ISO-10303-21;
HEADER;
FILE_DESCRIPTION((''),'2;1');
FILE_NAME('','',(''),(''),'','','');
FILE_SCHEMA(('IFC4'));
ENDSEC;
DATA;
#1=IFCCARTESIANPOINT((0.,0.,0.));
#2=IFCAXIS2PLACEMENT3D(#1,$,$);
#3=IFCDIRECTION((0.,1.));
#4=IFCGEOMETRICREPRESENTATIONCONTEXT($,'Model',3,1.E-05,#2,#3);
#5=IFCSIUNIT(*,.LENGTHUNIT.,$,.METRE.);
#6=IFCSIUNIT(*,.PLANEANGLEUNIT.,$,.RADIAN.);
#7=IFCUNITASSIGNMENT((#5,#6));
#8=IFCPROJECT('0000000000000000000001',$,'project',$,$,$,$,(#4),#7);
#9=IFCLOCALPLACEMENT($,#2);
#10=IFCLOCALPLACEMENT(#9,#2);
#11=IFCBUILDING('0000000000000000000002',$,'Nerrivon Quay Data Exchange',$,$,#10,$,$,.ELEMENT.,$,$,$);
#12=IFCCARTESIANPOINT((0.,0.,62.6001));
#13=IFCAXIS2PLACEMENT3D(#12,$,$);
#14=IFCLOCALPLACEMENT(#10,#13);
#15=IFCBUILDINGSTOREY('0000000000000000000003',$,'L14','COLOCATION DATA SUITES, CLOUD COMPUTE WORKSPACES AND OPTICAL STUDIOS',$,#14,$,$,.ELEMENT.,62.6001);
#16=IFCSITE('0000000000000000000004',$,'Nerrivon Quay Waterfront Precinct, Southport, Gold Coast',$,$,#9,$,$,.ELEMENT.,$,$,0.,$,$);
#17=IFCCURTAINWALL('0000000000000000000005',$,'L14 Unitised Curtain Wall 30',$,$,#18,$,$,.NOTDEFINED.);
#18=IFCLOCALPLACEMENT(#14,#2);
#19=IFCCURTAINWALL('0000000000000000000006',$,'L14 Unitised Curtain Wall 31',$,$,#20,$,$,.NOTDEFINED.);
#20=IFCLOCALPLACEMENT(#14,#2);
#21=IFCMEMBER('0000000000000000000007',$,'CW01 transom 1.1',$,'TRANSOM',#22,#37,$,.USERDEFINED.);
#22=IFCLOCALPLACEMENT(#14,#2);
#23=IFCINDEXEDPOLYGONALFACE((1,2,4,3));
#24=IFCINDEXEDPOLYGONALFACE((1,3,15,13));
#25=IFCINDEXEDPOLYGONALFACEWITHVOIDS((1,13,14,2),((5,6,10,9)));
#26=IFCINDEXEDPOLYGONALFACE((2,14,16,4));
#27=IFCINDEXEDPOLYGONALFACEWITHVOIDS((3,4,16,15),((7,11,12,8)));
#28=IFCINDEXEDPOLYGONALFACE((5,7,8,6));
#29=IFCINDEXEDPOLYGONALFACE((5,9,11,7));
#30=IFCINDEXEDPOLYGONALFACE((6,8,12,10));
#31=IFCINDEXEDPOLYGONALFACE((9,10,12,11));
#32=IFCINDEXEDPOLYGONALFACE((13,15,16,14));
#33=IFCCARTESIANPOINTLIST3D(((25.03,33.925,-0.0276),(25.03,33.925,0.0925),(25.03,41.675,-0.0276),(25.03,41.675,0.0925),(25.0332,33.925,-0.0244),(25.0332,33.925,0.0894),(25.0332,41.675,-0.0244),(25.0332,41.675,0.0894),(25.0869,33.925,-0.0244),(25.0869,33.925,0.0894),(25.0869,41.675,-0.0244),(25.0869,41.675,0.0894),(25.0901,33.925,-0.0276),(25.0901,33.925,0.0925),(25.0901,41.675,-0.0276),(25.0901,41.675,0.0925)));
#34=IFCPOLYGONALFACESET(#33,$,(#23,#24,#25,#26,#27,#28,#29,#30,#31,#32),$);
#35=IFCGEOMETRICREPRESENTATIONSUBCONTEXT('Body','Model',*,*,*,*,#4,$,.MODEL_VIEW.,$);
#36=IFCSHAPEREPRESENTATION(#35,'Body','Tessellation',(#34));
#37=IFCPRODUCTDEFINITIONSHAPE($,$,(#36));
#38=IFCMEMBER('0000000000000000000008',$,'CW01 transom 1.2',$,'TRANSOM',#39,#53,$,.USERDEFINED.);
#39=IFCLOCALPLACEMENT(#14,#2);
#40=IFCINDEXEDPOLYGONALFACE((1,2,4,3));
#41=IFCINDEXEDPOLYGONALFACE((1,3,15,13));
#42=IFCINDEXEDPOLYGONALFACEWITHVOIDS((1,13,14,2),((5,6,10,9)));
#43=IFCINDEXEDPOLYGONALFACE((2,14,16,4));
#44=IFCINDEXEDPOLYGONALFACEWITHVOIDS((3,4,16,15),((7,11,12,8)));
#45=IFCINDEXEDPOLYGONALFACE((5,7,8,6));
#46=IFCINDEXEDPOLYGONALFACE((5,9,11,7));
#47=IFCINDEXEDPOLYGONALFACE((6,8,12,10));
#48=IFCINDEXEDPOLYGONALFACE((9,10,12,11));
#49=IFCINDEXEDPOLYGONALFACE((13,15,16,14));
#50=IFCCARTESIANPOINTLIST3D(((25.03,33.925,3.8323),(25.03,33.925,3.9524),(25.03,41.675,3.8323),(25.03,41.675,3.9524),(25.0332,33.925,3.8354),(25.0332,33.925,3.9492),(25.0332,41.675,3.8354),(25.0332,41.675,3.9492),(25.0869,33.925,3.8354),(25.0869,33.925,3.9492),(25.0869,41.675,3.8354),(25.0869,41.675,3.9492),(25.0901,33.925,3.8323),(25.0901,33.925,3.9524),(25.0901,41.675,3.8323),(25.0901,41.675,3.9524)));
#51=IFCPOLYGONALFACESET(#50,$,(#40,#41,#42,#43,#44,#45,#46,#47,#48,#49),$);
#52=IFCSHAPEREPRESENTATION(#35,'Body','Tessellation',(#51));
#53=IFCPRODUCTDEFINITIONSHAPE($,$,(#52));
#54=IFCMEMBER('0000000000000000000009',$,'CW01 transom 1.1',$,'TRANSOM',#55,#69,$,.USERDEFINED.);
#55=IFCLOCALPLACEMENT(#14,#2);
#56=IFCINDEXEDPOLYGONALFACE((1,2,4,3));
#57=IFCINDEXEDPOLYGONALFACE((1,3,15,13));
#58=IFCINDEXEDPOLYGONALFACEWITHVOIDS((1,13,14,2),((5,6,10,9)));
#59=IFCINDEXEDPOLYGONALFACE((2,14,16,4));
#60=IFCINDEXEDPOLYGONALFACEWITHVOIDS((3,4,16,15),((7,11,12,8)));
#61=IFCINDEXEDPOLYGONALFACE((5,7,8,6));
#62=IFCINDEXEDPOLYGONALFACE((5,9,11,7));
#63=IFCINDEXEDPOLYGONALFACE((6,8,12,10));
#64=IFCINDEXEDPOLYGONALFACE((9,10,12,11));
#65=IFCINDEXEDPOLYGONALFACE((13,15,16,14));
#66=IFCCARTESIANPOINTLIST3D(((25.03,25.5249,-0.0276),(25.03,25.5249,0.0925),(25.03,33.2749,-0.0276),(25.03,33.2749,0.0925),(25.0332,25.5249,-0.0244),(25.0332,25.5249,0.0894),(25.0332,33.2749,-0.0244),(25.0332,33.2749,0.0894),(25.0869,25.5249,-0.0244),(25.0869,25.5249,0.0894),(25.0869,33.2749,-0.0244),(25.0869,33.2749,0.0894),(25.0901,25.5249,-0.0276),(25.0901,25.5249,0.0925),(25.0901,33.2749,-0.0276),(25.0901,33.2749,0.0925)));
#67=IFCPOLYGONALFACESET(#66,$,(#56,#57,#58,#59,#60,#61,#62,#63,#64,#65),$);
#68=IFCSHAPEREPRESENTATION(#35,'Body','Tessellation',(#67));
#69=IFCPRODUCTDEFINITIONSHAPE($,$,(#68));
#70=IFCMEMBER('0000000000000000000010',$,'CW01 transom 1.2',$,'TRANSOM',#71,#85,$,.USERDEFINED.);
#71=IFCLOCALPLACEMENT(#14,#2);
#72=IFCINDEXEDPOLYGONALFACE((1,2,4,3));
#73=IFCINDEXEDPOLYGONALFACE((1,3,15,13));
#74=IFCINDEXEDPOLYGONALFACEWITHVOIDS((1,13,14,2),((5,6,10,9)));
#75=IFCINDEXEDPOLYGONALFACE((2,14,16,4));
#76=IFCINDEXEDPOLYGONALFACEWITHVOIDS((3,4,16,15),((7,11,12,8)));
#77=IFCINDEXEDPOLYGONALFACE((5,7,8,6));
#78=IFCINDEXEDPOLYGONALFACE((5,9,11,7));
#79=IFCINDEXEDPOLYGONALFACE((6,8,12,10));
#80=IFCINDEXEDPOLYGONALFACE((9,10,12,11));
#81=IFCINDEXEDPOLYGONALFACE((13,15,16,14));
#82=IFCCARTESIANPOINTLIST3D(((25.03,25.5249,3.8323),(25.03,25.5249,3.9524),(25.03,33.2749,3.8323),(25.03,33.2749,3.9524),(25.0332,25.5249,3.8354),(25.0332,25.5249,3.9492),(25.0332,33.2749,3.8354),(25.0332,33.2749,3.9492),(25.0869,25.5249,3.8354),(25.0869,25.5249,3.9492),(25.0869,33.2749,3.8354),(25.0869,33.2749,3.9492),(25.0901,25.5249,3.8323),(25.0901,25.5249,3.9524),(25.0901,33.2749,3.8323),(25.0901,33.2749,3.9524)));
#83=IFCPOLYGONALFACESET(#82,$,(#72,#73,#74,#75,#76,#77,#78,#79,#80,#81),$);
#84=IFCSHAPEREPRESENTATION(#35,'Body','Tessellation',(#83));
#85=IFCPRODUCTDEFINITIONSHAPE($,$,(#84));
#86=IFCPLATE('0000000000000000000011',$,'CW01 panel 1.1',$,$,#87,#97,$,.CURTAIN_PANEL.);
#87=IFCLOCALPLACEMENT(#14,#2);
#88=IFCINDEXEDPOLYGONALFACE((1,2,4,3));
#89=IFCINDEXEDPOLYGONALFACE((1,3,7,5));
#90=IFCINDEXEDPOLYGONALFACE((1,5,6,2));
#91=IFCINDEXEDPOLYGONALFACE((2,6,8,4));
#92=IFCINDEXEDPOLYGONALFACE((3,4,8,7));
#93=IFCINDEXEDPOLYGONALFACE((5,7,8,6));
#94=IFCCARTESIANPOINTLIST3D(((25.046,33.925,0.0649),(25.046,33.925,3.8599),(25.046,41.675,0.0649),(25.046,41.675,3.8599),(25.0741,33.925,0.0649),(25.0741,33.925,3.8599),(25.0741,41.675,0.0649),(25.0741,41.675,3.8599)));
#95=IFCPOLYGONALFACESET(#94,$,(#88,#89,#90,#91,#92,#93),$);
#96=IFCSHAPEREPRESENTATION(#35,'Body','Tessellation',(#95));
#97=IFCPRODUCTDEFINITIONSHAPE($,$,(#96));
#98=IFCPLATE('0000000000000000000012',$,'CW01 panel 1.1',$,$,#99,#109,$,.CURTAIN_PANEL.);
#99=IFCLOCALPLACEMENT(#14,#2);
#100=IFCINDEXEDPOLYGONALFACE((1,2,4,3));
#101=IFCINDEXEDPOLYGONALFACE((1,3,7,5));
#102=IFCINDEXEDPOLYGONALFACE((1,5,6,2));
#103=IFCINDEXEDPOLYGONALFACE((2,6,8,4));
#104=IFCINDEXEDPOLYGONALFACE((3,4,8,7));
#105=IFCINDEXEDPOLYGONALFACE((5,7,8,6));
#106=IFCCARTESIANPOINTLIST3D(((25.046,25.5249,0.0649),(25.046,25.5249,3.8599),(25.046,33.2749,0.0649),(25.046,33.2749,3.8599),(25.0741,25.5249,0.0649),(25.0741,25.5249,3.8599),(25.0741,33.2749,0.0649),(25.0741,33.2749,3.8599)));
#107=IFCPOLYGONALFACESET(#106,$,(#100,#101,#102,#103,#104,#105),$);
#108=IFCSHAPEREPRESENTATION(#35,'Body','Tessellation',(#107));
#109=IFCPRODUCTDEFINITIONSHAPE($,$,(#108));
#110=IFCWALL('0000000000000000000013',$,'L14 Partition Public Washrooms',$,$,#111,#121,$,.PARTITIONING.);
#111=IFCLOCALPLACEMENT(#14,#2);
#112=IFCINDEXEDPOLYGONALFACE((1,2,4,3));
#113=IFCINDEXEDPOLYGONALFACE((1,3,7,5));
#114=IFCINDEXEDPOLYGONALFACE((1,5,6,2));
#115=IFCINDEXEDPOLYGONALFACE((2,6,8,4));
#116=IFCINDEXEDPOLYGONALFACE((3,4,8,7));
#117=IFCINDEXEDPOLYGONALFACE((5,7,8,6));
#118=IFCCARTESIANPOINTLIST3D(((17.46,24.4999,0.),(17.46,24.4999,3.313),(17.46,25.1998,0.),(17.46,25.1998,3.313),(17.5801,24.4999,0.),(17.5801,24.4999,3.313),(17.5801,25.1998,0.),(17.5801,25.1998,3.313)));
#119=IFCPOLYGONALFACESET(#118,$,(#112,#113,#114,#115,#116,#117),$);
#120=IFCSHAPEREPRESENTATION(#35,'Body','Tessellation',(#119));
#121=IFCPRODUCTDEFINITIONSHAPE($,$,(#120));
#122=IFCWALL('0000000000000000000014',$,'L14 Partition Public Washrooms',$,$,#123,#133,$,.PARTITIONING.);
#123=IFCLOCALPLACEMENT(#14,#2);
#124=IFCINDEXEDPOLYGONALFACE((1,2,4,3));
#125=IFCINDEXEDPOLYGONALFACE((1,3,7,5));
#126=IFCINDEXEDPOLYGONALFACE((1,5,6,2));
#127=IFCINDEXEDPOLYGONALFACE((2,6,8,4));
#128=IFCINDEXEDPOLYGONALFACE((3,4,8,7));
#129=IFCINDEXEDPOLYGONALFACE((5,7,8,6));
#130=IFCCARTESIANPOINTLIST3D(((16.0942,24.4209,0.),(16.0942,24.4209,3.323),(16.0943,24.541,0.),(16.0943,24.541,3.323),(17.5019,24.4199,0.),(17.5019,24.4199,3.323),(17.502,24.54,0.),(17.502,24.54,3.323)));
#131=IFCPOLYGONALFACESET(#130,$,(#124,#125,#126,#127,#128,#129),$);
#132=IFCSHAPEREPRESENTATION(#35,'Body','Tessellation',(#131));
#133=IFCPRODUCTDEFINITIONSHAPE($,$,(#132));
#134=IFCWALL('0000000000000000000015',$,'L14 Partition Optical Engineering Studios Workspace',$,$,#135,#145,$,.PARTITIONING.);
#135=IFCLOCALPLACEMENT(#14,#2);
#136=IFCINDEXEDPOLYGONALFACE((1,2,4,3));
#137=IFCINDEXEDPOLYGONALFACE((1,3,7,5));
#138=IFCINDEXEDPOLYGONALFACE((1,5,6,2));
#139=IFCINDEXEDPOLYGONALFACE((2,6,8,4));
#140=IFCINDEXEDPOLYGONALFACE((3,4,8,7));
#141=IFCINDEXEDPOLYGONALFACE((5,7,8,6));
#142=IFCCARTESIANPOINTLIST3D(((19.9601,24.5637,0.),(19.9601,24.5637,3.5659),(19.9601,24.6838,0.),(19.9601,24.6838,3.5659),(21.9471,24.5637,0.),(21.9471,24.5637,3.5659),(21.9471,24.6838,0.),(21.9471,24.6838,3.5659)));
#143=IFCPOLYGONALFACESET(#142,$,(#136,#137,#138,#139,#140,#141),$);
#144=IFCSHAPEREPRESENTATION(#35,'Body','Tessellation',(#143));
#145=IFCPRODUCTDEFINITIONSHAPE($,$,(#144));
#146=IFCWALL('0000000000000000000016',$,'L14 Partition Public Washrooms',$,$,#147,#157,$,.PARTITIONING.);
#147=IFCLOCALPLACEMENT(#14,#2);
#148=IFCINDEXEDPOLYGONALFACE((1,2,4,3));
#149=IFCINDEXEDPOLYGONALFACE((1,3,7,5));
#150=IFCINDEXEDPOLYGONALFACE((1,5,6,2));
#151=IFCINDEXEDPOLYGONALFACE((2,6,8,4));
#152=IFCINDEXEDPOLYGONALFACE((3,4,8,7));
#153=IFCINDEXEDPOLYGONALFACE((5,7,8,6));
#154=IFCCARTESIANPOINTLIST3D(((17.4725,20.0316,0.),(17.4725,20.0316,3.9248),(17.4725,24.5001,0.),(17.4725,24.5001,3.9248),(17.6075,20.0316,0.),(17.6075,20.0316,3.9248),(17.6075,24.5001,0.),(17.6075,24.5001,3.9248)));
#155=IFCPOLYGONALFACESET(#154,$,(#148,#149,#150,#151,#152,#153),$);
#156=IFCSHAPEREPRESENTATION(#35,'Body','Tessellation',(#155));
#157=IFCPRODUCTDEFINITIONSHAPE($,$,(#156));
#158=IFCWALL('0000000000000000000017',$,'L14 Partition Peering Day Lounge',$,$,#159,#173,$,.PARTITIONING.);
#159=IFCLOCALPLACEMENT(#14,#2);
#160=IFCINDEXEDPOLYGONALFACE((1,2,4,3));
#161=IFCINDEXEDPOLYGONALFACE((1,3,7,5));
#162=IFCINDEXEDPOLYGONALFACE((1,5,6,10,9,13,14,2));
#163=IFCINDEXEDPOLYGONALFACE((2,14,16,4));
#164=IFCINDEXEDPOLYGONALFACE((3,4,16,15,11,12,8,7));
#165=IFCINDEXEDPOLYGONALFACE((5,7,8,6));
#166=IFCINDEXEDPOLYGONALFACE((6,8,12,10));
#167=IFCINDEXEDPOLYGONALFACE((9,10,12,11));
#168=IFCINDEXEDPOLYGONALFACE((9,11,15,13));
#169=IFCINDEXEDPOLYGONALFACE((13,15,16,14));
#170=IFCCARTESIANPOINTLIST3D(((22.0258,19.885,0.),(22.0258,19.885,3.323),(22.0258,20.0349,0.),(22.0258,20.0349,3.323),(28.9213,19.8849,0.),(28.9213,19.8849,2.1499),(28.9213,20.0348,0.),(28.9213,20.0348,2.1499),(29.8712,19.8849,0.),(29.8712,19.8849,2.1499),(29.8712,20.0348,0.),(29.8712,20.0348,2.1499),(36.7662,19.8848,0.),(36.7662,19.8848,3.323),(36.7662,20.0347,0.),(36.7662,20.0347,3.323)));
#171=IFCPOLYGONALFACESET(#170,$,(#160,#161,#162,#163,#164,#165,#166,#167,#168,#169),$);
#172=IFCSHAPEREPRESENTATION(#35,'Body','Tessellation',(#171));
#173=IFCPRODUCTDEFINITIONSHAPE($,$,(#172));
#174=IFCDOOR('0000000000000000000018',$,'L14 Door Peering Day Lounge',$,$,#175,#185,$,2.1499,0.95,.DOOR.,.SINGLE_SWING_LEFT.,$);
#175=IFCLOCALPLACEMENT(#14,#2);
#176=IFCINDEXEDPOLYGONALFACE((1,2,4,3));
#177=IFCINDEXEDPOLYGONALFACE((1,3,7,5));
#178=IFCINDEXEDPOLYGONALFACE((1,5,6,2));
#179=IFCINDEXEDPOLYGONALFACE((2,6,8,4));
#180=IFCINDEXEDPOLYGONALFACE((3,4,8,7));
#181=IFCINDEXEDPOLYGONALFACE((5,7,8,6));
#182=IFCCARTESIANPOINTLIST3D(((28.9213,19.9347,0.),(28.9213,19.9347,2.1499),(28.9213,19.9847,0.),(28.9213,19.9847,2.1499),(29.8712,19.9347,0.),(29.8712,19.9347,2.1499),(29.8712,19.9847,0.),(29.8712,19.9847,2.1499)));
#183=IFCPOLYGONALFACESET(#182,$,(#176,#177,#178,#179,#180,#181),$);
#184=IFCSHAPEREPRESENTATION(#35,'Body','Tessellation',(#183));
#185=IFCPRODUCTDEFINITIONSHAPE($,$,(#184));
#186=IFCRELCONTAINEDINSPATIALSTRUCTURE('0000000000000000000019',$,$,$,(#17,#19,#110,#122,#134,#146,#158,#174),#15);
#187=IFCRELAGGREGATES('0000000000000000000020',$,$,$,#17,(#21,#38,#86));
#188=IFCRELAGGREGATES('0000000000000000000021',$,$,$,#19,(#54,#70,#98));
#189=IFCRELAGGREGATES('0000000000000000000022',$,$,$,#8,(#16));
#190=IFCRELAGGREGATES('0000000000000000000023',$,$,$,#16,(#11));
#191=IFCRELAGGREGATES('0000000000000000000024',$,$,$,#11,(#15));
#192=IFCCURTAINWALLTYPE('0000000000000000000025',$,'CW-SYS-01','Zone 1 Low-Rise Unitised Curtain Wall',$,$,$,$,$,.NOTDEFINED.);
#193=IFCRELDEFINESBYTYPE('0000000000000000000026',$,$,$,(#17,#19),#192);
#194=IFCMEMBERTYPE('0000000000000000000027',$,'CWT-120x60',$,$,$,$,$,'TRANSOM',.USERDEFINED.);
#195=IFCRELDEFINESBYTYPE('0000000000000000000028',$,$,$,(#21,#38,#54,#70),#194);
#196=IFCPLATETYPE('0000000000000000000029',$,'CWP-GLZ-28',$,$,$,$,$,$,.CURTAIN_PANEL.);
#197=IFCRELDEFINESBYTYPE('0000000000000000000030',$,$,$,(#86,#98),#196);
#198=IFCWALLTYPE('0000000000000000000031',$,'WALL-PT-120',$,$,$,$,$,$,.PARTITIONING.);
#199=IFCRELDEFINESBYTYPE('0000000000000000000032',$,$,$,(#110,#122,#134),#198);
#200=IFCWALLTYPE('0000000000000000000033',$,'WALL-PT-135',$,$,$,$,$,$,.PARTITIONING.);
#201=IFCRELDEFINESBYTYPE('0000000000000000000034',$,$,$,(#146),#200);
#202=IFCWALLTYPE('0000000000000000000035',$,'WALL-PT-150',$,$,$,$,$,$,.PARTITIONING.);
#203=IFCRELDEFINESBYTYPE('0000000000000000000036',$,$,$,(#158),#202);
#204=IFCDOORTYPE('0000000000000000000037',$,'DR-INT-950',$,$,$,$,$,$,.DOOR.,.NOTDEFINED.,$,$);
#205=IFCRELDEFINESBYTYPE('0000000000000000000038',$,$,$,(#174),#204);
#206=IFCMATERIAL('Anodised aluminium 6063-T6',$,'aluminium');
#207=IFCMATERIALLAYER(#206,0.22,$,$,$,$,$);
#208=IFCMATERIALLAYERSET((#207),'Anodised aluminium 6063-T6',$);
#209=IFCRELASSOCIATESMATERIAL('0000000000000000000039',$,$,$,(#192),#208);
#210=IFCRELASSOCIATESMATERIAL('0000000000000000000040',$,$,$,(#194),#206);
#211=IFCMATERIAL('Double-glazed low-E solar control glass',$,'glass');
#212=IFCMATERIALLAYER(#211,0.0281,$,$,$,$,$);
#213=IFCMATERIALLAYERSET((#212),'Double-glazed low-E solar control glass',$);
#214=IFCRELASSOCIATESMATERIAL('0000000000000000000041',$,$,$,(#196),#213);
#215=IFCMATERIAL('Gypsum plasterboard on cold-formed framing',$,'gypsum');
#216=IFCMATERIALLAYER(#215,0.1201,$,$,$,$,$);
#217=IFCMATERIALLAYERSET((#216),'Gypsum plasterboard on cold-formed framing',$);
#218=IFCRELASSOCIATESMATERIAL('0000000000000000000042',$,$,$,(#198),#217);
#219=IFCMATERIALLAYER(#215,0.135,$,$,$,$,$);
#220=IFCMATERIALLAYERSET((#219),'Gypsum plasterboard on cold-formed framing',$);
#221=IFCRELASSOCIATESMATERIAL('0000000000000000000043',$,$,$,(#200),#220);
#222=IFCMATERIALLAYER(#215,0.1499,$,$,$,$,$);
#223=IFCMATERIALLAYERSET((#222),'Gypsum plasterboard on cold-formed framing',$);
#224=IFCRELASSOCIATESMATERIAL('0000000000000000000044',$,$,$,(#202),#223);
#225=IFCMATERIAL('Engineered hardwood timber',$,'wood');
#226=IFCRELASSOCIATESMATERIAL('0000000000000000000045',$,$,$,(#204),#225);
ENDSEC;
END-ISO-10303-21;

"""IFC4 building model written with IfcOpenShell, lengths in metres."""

from ifc_helpers import new_model, si_unit, direction, frame, frame_2d, origin, origin_2d, place, context, subcontext, project, spatial, rectangle, hollow_rectangle, extrude, material, layer, layer_set, material_profile, profile_set, type_object, element, fill, aggregate, save


model = new_model("IFC4")

# Units and contexts
model_context = context("Model", 3, precision=1e-05, world=origin(), true_north=direction((0.0, 1.0)))
body_context = subcontext(model_context, "Body", "Model", "MODEL_VIEW")
ifc_project = project(units=[si_unit("LENGTHUNIT", "METRE"), si_unit("PLANEANGLEUNIT", "RADIAN")], contexts=[model_context])

# Site, building, storey
site_placement = place(None, origin())
site = spatial("IfcSite", under=ifc_project, at=site_placement, Name="Nerrivon Quay Waterfront Precinct, Southport, Gold Coast", CompositionType="ELEMENT", RefElevation=0.0)
building_placement = place(site_placement, origin())
building = spatial("IfcBuilding", under=site, at=building_placement, Name="Nerrivon Quay Data Exchange", CompositionType="ELEMENT")
storey_placement = place(building_placement, frame((0.0, 0.0, 62.6001)))
storey = spatial("IfcBuildingStorey", under=building, at=storey_placement, Name="L14", Description="COLOCATION DATA SUITES, CLOUD COMPUTE WORKSPACES AND OPTICAL STUDIOS", CompositionType="ELEMENT", Elevation=62.6001)

# Curtain walls
ifc_material_1 = material(Name="Anodised aluminium 6063-T6", Category="aluminium")
ifc_layer_1 = layer(ifc_material_1, 0.22)
ifc_layer_set_1 = layer_set([ifc_layer_1], Name="Anodised aluminium 6063-T6")
curtain_wall_type = type_object("IfcCurtainWallType", Name="CW-SYS-01", Description="Zone 1 Low-Rise Unitised Curtain Wall", PredefinedType="NOTDEFINED", material=ifc_layer_set_1)
curtain_wall_1_placement = place(storey_placement, origin())
curtain_wall_1 = element("IfcCurtainWall", 1, at=curtain_wall_1_placement, inside=storey, type_object=curtain_wall_type, Name="L14 Unitised Curtain Wall 30", PredefinedType="NOTDEFINED")
curtain_wall_2_placement = place(storey_placement, origin())
curtain_wall_2 = element("IfcCurtainWall", 2, at=curtain_wall_2_placement, inside=storey, type_object=curtain_wall_type, Name="L14 Unitised Curtain Wall 31", PredefinedType="NOTDEFINED")

# Members
ifc_material_profile_1 = material_profile(ifc_material_1, hollow_rectangle(XDim=0.0601, YDim=0.1201, WallThickness=0.0032, at=origin_2d()), Name="ALU-TRAN-120x60")
ifc_profile_set_1 = profile_set([ifc_material_profile_1], Name="Anodised aluminium 6063-T6")
member_type_1 = type_object("IfcMemberType", Name="CWT-120x60", ElementType="TRANSOM", PredefinedType="USERDEFINED", material=ifc_profile_set_1)
member_1_placement = place(storey_placement, frame((25.0601, 41.675, 0.0325), z_axis=(0.0, -1.0, 0.0), x_axis=(1.0, 0.0, 0.0)))
member_1 = element("IfcMember", 3, at=member_1_placement, type_object=member_type_1, Name="CW01 transom 1.1", ObjectType="TRANSOM", PredefinedType="USERDEFINED", context=body_context, shape_type="SweptSolid", body=[
    extrude(hollow_rectangle(XDim=0.0601, YDim=0.1201, WallThickness=0.0032, at=origin_2d()), origin(), (0.0, 0.0, 1.0), 7.75),
])
member_2_placement = place(storey_placement, frame((25.0601, 41.675, 3.8923), z_axis=(0.0, -1.0, 0.0), x_axis=(1.0, 0.0, 0.0)))
member_2 = element("IfcMember", 4, at=member_2_placement, type_object=member_type_1, Name="CW01 transom 1.2", ObjectType="TRANSOM", PredefinedType="USERDEFINED", context=body_context, shape_type="SweptSolid", body=[
    extrude(hollow_rectangle(XDim=0.0601, YDim=0.1201, WallThickness=0.0032, at=origin_2d()), origin(), (0.0, 0.0, 1.0), 7.75),
])
member_3_placement = place(storey_placement, frame((25.0601, 33.2749, 0.0325), z_axis=(0.0, -1.0, 0.0), x_axis=(1.0, 0.0, 0.0)))
member_3 = element("IfcMember", 5, at=member_3_placement, type_object=member_type_1, Name="CW01 transom 1.1", ObjectType="TRANSOM", PredefinedType="USERDEFINED", context=body_context, shape_type="SweptSolid", body=[
    extrude(hollow_rectangle(XDim=0.0601, YDim=0.1201, WallThickness=0.0032, at=origin_2d()), origin(), (0.0, 0.0, 1.0), 7.75),
])
member_4_placement = place(storey_placement, frame((25.0601, 33.2749, 3.8923), z_axis=(0.0, -1.0, 0.0), x_axis=(1.0, 0.0, 0.0)))
member_4 = element("IfcMember", 6, at=member_4_placement, type_object=member_type_1, Name="CW01 transom 1.2", ObjectType="TRANSOM", PredefinedType="USERDEFINED", context=body_context, shape_type="SweptSolid", body=[
    extrude(hollow_rectangle(XDim=0.0601, YDim=0.1201, WallThickness=0.0032, at=origin_2d()), origin(), (0.0, 0.0, 1.0), 7.75),
])

# Plates
ifc_material_2 = material(Name="Double-glazed low-E solar control glass", Category="glass")
ifc_layer_2 = layer(ifc_material_2, 0.0281)
ifc_layer_set_2 = layer_set([ifc_layer_2], Name="Double-glazed low-E solar control glass")
plate_type = type_object("IfcPlateType", Name="CWP-GLZ-28", PredefinedType="CURTAIN_PANEL", material=ifc_layer_set_2)
plate_1_placement = place(storey_placement, frame((25.0601, 37.8, 0.0649), z_axis=(0.0, 0.0, 1.0), x_axis=(0.0, -1.0, 0.0)))
plate_1 = element("IfcPlate", 7, at=plate_1_placement, type_object=plate_type, Name="CW01 panel 1.1", PredefinedType="CURTAIN_PANEL", context=body_context, shape_type="SweptSolid", body=[
    extrude(rectangle(XDim=7.75, YDim=0.0281, at=origin_2d()), origin(), (0.0, 0.0, 1.0), 3.7949),
])
aggregate(curtain_wall_1, [member_1, member_2, plate_1])
plate_2_placement = place(storey_placement, frame((25.0601, 29.3999, 0.0649), z_axis=(0.0, 0.0, 1.0), x_axis=(0.0, -1.0, 0.0)))
plate_2 = element("IfcPlate", 8, at=plate_2_placement, type_object=plate_type, Name="CW01 panel 1.1", PredefinedType="CURTAIN_PANEL", context=body_context, shape_type="SweptSolid", body=[
    extrude(rectangle(XDim=7.75, YDim=0.0281, at=origin_2d()), origin(), (0.0, 0.0, 1.0), 3.7949),
])
aggregate(curtain_wall_2, [member_3, member_4, plate_2])

# Walls
ifc_material_3 = material(Name="Gypsum plasterboard on cold-formed framing", Category="gypsum")
ifc_layer_3 = layer(ifc_material_3, 0.1201)
ifc_layer_set_3 = layer_set([ifc_layer_3], Name="Gypsum plasterboard on cold-formed framing")
wall_type_1 = type_object("IfcWallType", Name="WALL-PT-120", PredefinedType="PARTITIONING", material=ifc_layer_set_3)
wall_1_placement = place(storey_placement, frame((17.52, 25.2, 0.0), z_axis=(0.0, 0.0, 1.0), x_axis=(0.0, -1.0, 0.0)))
element("IfcWall", 9, at=wall_1_placement, inside=storey, type_object=wall_type_1, Name="L14 Partition Public Washrooms", PredefinedType="PARTITIONING", context=body_context, shape_type="SweptSolid", body=[
    extrude(rectangle(XDim=0.7, YDim=0.1201, at=frame_2d((0.3501, 0.0))), origin(), (0.0, 0.0, 1.0), 3.313),
])
wall_2_placement = place(storey_placement, frame((17.502, 24.48, 0.0), z_axis=(0.0, 0.0, 1.0), x_axis=(-1.0, 0.000694, 0.0)))
element("IfcWall", 10, at=wall_2_placement, inside=storey, type_object=wall_type_1, Name="L14 Partition Public Washrooms", PredefinedType="PARTITIONING", context=body_context, shape_type="SweptSolid", body=[
    extrude(rectangle(XDim=1.4077, YDim=0.1201, at=frame_2d((0.7039, 0.0))), origin(), (0.0, 0.0, 1.0), 3.323),
])
wall_3_placement = place(storey_placement, frame((19.96, 24.6238, 0.0), z_axis=(0.0, 0.0, 1.0), x_axis=(1.0, 0.0, 0.0)))
element("IfcWall", 11, at=wall_3_placement, inside=storey, type_object=wall_type_1, Name="L14 Partition Optical Engineering Studios Workspace", PredefinedType="PARTITIONING", context=body_context, shape_type="SweptSolid", body=[
    extrude(rectangle(XDim=1.9871, YDim=0.1201, at=frame_2d((0.9937, 0.0))), origin(), (0.0, 0.0, 1.0), 3.5659),
])
ifc_layer_4 = layer(ifc_material_3, 0.135)
ifc_layer_set_4 = layer_set([ifc_layer_4], Name="Gypsum plasterboard on cold-formed framing")
wall_type_2 = type_object("IfcWallType", Name="WALL-PT-135", PredefinedType="PARTITIONING", material=ifc_layer_set_4)
wall_4_placement = place(storey_placement, frame((17.54, 20.0315, 0.0), z_axis=(0.0, 0.0, 1.0), x_axis=(0.0, 1.0, 0.0)))
element("IfcWall", 12, at=wall_4_placement, inside=storey, type_object=wall_type_2, Name="L14 Partition Public Washrooms", PredefinedType="PARTITIONING", context=body_context, shape_type="SweptSolid", body=[
    extrude(rectangle(XDim=4.4685, YDim=0.135, at=frame_2d((2.2344, 0.0))), origin(), (0.0, 0.0, 1.0), 3.9248),
])

# Wall, opening, door
ifc_layer_5 = layer(ifc_material_3, 0.1499)
ifc_layer_set_5 = layer_set([ifc_layer_5], Name="Gypsum plasterboard on cold-formed framing")
wall_type_3 = type_object("IfcWallType", Name="WALL-PT-150", PredefinedType="PARTITIONING", material=ifc_layer_set_5)
wall_5_placement = place(storey_placement, frame((22.0259, 19.96, 0.0), z_axis=(0.0, 0.0, 1.0), x_axis=(1.0, -0.000017, 0.0)))
wall_5 = element("IfcWall", 13, at=wall_5_placement, inside=storey, type_object=wall_type_3, Name="L14 Partition Peering Day Lounge", PredefinedType="PARTITIONING", context=body_context, shape_type="SweptSolid", body=[
    extrude(rectangle(XDim=14.7405, YDim=0.1499, at=frame_2d((7.3701, 0.0))), origin(), (0.0, 0.0, 1.0), 3.323),
])
opening_placement = place(wall_5_placement, frame((6.8953, 0.0, 0.0)))
opening = element("IfcOpeningElement", 14, at=opening_placement, cuts=wall_5, PredefinedType="OPENING", context=body_context, shape_type="SweptSolid", body=[
    extrude(rectangle(XDim=0.95, YDim=2.1499, at=frame_2d((0.4751, 1.075))), frame((0.0, 0.085, 0.0), z_axis=(0.0, -1.0, 0.0), x_axis=(1.0, 0.0, 0.0)), (0.0, 0.0, 1.0), 0.1699),
])
ifc_material_4 = material(Name="Engineered hardwood timber", Category="wood")
door_type = type_object("IfcDoorType", Name="DR-INT-950", OperationType="NOTDEFINED", PredefinedType="DOOR", material=ifc_material_4)
door_placement = place(opening_placement, origin())
door = element("IfcDoor", 15, at=door_placement, inside=storey, type_object=door_type, Name="L14 Door Peering Day Lounge", OperationType="SINGLE_SWING_LEFT", OverallHeight=2.1499, OverallWidth=0.95, PredefinedType="DOOR", context=body_context, shape_type="SweptSolid", body=[
    extrude(rectangle(XDim=0.95, YDim=2.1499, at=frame_2d((0.4751, 1.075))), frame((0.0, 0.0249, 0.0), z_axis=(0.0, -1.0, 0.0), x_axis=(1.0, 0.0, 0.0)), (0.0, 0.0, 1.0), 0.05),
])
fill(opening, door)

save(model, "model.ifc")
